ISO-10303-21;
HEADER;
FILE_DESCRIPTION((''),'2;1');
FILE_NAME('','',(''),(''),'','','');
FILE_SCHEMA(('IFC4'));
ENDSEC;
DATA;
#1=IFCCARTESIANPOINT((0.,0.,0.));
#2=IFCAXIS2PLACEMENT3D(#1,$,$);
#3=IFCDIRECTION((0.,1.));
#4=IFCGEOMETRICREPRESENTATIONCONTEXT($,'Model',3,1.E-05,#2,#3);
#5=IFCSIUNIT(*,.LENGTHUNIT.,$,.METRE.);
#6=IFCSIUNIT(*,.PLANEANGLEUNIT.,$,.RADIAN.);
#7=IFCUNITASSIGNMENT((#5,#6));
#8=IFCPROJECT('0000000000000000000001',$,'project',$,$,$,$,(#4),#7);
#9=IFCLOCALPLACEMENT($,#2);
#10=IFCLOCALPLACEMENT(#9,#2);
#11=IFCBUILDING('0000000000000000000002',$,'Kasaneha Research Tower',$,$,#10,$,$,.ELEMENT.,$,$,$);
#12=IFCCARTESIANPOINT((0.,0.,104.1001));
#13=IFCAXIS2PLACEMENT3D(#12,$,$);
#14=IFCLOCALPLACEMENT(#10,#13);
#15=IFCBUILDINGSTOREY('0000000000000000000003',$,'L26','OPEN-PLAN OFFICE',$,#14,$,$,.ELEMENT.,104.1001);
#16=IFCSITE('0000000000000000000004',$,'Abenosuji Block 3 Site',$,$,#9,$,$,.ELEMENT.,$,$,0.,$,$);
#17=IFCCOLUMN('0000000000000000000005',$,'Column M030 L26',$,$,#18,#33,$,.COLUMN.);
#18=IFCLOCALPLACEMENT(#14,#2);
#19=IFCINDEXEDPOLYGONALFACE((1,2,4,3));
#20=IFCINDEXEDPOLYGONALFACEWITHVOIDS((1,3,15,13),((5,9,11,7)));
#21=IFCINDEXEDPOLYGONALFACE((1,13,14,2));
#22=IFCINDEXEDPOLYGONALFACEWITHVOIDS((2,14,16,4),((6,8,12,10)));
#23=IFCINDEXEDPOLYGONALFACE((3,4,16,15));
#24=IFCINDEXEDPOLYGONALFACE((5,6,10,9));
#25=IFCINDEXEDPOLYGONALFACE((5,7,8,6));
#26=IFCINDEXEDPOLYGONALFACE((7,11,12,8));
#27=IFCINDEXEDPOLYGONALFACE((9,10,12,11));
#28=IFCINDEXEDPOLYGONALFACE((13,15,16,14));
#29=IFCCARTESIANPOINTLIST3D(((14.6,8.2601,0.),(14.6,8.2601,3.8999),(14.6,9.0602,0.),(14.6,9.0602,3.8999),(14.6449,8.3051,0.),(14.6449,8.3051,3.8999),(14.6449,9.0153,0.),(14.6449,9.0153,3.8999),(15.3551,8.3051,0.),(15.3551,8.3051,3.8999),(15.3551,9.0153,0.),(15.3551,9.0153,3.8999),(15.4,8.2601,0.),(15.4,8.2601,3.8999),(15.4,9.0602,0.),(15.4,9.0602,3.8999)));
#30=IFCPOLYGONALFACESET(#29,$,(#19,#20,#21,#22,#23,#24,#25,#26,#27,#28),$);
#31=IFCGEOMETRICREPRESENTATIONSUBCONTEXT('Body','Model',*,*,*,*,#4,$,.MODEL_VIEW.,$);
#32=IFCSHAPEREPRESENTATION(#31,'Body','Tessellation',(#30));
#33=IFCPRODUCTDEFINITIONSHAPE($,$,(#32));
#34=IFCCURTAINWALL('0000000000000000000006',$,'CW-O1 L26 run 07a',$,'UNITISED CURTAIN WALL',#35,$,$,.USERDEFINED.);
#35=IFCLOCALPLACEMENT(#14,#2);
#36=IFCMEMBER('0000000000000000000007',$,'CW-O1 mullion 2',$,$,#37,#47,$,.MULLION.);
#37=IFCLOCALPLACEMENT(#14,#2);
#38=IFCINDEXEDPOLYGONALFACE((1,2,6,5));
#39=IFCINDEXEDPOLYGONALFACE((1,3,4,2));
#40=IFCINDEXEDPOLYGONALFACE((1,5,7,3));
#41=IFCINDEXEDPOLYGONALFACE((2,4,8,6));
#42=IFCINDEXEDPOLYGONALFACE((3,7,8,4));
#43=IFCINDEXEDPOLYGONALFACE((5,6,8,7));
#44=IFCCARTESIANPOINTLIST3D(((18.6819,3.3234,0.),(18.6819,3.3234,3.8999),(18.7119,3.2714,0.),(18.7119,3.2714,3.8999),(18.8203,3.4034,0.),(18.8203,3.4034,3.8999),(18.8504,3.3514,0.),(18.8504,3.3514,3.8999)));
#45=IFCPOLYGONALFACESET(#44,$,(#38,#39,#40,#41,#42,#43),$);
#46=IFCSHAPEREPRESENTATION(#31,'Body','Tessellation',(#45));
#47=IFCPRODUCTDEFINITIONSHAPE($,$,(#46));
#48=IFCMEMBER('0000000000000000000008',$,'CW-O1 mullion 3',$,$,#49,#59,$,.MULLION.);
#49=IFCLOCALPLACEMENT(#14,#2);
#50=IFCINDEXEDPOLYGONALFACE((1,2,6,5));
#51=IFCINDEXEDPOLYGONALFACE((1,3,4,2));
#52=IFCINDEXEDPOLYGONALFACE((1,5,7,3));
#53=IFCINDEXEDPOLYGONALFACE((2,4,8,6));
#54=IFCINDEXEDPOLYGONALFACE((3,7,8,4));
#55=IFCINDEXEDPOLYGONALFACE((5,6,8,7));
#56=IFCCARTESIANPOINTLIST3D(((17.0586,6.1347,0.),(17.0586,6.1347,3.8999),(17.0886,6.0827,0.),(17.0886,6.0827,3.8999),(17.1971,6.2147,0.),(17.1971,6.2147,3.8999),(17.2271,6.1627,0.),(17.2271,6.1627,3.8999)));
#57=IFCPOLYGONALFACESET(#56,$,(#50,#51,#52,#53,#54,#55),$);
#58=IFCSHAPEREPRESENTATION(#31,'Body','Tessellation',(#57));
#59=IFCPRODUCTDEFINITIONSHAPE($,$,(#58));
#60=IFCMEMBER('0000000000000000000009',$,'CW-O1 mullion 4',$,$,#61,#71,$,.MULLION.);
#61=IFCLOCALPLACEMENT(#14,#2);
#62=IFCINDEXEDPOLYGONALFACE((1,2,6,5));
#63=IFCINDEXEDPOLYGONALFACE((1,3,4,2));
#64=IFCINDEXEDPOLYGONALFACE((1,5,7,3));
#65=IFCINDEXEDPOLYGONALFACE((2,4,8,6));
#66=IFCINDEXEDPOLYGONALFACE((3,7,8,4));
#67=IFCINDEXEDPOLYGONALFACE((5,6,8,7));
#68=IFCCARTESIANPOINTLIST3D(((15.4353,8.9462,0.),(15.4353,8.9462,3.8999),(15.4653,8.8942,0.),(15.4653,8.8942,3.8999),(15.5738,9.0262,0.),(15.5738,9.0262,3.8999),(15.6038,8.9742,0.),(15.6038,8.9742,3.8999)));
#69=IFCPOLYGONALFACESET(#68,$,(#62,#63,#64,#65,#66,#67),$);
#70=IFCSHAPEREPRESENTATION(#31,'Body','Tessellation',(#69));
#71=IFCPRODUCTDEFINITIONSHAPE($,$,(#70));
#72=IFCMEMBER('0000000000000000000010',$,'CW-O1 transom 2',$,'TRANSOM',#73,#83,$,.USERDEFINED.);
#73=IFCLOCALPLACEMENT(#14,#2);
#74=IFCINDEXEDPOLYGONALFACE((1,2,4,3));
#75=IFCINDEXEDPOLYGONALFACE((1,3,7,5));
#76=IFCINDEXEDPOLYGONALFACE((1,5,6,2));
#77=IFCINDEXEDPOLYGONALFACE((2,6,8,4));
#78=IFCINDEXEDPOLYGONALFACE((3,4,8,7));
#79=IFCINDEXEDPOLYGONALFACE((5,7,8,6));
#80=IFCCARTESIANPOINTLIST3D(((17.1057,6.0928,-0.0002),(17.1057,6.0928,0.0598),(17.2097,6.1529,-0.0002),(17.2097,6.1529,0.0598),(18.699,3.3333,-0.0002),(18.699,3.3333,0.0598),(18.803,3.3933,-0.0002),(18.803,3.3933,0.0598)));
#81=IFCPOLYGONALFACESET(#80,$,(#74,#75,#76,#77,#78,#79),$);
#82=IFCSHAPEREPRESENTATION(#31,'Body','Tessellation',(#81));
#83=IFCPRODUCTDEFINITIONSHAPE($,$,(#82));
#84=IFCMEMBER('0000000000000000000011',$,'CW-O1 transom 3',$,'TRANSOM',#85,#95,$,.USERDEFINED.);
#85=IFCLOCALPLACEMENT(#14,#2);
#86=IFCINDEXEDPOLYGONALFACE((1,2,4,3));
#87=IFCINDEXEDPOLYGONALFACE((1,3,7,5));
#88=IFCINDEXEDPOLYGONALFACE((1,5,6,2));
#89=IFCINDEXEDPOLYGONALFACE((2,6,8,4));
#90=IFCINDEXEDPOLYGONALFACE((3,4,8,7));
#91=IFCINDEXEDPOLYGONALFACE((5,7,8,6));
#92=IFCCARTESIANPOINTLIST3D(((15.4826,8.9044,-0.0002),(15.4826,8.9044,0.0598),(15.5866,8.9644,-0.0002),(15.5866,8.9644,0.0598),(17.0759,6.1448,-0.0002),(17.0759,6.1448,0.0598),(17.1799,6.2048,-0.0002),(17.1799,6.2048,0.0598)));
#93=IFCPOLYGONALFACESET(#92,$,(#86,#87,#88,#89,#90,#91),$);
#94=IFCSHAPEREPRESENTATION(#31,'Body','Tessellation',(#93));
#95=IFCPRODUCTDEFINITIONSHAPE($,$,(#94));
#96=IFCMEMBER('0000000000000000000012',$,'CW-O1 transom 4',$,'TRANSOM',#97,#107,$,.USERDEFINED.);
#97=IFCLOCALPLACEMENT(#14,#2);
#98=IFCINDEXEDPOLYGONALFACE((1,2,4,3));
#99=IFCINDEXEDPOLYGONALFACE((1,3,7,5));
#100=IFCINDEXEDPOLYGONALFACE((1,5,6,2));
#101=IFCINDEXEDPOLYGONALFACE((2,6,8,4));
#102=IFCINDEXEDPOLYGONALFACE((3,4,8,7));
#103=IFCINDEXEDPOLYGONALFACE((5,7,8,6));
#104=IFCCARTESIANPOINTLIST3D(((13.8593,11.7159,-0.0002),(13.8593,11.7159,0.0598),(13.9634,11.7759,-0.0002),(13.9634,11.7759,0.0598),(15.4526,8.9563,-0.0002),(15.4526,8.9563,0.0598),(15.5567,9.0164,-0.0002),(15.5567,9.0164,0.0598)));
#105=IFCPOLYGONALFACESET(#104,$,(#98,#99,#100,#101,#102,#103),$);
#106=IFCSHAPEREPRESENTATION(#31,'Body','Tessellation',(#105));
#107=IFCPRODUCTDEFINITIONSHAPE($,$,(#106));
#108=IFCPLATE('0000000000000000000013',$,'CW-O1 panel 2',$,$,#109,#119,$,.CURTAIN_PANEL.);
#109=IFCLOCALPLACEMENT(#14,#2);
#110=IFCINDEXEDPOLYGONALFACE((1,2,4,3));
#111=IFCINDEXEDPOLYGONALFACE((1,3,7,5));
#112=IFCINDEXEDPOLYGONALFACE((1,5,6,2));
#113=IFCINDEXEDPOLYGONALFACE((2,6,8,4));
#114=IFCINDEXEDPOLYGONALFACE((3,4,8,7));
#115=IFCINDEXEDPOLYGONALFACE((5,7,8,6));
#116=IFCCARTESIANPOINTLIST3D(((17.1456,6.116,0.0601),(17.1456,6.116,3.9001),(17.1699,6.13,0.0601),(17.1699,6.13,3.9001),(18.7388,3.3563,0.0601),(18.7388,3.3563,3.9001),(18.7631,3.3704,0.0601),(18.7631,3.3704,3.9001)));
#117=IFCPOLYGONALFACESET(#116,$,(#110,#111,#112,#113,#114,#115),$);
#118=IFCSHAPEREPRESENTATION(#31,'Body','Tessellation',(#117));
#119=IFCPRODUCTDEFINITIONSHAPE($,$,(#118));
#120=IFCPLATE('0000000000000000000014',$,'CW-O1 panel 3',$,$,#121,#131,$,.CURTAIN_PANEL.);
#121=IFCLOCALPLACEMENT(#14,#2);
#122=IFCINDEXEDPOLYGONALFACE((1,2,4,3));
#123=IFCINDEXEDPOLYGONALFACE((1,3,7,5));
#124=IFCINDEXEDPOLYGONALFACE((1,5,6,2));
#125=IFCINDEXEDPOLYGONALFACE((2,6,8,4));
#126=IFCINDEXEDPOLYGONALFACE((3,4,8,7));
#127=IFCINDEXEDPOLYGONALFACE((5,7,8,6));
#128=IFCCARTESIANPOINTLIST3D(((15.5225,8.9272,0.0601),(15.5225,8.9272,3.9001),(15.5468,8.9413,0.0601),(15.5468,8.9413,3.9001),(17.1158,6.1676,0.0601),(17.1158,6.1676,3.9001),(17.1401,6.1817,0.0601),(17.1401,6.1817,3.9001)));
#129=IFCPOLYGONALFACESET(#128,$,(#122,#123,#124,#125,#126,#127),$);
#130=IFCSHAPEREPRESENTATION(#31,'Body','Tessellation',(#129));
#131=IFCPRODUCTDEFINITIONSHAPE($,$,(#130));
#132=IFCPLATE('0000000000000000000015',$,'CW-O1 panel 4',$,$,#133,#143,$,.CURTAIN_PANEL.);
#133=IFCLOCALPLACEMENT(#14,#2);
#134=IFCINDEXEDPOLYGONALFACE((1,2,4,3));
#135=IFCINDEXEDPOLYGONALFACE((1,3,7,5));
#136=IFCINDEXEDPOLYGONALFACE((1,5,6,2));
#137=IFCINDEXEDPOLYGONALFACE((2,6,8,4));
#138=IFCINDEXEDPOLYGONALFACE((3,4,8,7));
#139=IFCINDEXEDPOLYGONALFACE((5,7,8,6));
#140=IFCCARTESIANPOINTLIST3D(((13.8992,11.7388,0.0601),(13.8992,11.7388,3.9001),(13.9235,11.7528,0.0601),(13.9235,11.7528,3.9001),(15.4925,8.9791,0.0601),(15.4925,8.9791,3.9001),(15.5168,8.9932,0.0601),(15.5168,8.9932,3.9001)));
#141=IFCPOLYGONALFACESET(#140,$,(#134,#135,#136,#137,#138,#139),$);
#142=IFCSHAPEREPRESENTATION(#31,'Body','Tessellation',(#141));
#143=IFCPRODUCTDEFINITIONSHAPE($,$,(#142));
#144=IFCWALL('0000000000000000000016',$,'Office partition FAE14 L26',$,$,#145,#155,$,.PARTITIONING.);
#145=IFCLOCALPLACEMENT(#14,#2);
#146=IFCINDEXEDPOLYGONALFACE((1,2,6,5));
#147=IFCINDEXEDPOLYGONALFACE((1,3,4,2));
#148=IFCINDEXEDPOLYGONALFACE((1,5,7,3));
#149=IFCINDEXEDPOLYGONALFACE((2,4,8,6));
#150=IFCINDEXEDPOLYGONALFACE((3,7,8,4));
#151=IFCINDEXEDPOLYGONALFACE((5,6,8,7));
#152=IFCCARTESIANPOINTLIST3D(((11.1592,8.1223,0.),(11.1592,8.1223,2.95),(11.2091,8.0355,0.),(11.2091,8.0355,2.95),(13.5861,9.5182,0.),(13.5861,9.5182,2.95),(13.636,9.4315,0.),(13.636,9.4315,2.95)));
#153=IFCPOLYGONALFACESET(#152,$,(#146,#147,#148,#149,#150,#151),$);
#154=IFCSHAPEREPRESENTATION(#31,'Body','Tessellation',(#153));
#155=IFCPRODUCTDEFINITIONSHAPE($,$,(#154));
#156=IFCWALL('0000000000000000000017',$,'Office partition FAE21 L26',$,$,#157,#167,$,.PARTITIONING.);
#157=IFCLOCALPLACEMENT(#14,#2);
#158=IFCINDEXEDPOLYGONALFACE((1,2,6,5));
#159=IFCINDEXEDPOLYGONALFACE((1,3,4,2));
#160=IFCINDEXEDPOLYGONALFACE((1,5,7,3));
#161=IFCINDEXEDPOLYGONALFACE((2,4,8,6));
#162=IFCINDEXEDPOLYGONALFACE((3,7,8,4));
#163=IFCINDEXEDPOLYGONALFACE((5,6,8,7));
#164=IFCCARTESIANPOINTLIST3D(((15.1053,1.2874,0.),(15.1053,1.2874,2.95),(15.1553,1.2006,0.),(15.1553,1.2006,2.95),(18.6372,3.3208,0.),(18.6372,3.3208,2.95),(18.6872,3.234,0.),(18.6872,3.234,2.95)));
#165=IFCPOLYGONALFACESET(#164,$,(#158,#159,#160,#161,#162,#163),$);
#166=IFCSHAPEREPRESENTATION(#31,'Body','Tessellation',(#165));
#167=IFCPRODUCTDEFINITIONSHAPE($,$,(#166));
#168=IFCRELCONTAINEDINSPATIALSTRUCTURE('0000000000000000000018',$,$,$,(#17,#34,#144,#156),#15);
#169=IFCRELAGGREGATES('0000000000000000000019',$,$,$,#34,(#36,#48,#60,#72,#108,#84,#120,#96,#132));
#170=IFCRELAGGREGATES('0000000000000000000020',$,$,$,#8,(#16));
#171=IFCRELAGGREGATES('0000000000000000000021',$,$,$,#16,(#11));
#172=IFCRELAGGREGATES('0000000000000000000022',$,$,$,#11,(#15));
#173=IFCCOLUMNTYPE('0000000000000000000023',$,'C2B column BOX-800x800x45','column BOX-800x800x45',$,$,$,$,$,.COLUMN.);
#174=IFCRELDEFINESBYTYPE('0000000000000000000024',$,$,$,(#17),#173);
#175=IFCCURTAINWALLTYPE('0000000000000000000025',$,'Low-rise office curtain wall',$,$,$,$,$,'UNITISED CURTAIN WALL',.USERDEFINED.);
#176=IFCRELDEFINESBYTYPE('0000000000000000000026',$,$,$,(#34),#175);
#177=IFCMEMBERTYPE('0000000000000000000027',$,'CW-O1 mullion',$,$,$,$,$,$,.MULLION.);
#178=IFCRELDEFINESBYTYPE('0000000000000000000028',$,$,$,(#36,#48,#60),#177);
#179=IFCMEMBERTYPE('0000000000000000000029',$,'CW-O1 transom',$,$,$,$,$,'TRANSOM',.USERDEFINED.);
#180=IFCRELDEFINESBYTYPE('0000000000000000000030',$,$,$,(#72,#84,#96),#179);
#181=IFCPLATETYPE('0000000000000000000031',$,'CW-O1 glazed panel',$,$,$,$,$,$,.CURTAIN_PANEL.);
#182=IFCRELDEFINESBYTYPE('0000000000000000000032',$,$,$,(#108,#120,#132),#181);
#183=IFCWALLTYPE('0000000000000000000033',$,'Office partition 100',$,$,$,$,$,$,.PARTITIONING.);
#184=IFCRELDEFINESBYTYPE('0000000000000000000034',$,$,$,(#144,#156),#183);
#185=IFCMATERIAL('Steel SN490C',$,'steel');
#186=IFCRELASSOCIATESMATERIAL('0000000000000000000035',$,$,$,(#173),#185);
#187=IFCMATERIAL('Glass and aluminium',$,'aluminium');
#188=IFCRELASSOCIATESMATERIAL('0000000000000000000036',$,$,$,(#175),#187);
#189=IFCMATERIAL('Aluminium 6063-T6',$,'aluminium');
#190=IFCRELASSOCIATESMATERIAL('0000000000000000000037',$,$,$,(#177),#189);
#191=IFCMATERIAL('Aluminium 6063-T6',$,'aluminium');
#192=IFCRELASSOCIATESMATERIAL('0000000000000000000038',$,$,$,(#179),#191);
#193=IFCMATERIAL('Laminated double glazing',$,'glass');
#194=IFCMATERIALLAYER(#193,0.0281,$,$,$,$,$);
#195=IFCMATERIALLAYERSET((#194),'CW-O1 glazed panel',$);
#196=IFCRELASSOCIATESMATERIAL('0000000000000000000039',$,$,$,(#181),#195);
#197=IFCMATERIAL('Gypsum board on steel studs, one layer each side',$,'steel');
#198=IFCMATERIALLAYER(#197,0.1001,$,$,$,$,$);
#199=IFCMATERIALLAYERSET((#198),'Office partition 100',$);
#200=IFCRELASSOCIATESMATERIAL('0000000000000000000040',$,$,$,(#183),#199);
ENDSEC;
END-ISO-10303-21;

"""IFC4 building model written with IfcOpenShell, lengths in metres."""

from ifc_helpers import new_model, si_unit, direction, frame, frame_2d, origin, origin_2d, place, context, subcontext, project, spatial, rectangle, hollow_rectangle, extrude, material, layer, layer_set, material_profile, profile_set, type_object, element, aggregate, save


model = new_model("IFC4")

# Units and contexts
model_context = context("Model", 3, precision=1e-05, world=origin(), true_north=direction((0.0, 1.0)))
body_context = subcontext(model_context, "Body", "Model", "MODEL_VIEW")
ifc_project = project(units=[si_unit("LENGTHUNIT", "METRE"), si_unit("PLANEANGLEUNIT", "RADIAN")], contexts=[model_context])

# Site, building, storey
site_placement = place(None, origin())
site = spatial("IfcSite", under=ifc_project, at=site_placement, Name="Abenosuji Block 3 Site", CompositionType="ELEMENT", RefElevation=0.0)
building_placement = place(site_placement, origin())
building = spatial("IfcBuilding", under=site, at=building_placement, Name="Kasaneha Research Tower", CompositionType="ELEMENT")
storey_placement = place(building_placement, frame((0.0, 0.0, 104.1001)))
storey = spatial("IfcBuildingStorey", under=building, at=storey_placement, Name="L26", Description="OPEN-PLAN OFFICE", CompositionType="ELEMENT", Elevation=104.1001)

# Column
ifc_material_1 = material(Name="Steel SN490C", Category="steel")
ifc_material_profile_1 = material_profile(ifc_material_1, hollow_rectangle(XDim=0.8, YDim=0.8, WallThickness=0.0449, at=origin_2d()), Name="BOX-800x800x45")
ifc_profile_set_1 = profile_set([ifc_material_profile_1], Name="Steel SN490C")
column_type = type_object("IfcColumnType", Name="C2B column BOX-800x800x45", Description="column BOX-800x800x45", PredefinedType="COLUMN", material=ifc_profile_set_1)
column_placement = place(storey_placement, frame((15.0, 8.6602, 0.0), z_axis=(0.0, 0.0, 1.0), x_axis=(1.0, 0.0, 0.0)))
element("IfcColumn", 1, at=column_placement, inside=storey, type_object=column_type, Name="Column M030 L26", PredefinedType="COLUMN", context=body_context, shape_type="SweptSolid", body=[
    extrude(hollow_rectangle(XDim=0.8, YDim=0.8, WallThickness=0.0449, at=origin_2d()), origin(), (0.0, 0.0, 1.0), 3.8999),
])

# Curtain wall, members, plates
ifc_material_2 = material(Name="Glass and aluminium", Category="aluminium")
curtain_wall_type = type_object("IfcCurtainWallType", Name="Low-rise office curtain wall", ElementType="UNITISED CURTAIN WALL", PredefinedType="USERDEFINED", material=ifc_material_2)
curtain_wall_placement = place(storey_placement, origin())
curtain_wall = element("IfcCurtainWall", 2, at=curtain_wall_placement, inside=storey, type_object=curtain_wall_type, Name="CW-O1 L26 run 07a", ObjectType="UNITISED CURTAIN WALL", PredefinedType="USERDEFINED")
ifc_material_3 = material(Name="Aluminium 6063-T6", Category="aluminium")
ifc_material_profile_2 = material_profile(ifc_material_3, rectangle(XDim=0.0601, YDim=0.1599, at=origin_2d()), Name="CW-O1 mullion 60x160")
ifc_profile_set_2 = profile_set([ifc_material_profile_2], Name="Aluminium 6063-T6")
member_type_1 = type_object("IfcMemberType", Name="CW-O1 mullion", PredefinedType="MULLION", material=ifc_profile_set_2)
member_1_placement = place(storey_placement, frame((18.7661, 3.3374, 0.0), z_axis=(0.0, 0.0, 1.0), x_axis=(-0.5, 0.866025, 0.0)))
member_1 = element("IfcMember", 3, at=member_1_placement, type_object=member_type_1, Name="CW-O1 mullion 2", PredefinedType="MULLION", context=body_context, shape_type="SweptSolid", body=[
    extrude(rectangle(XDim=0.0601, YDim=0.1599, at=origin_2d()), origin(), (0.0, 0.0, 1.0), 3.8999),
])
member_2_placement = place(storey_placement, frame((17.1428, 6.1487, 0.0), z_axis=(0.0, 0.0, 1.0), x_axis=(-0.5, 0.866025, 0.0)))
member_2 = element("IfcMember", 4, at=member_2_placement, type_object=member_type_1, Name="CW-O1 mullion 3", PredefinedType="MULLION", context=body_context, shape_type="SweptSolid", body=[
    extrude(rectangle(XDim=0.0601, YDim=0.1599, at=origin_2d()), origin(), (0.0, 0.0, 1.0), 3.8999),
])
member_3_placement = place(storey_placement, frame((15.5195, 8.9602, 0.0), z_axis=(0.0, 0.0, 1.0), x_axis=(-0.5, 0.866025, 0.0)))
member_3 = element("IfcMember", 5, at=member_3_placement, type_object=member_type_1, Name="CW-O1 mullion 4", PredefinedType="MULLION", context=body_context, shape_type="SweptSolid", body=[
    extrude(rectangle(XDim=0.0601, YDim=0.1599, at=origin_2d()), origin(), (0.0, 0.0, 1.0), 3.8999),
])
ifc_material_4 = material(Name="Aluminium 6063-T6", Category="aluminium")
ifc_material_profile_3 = material_profile(ifc_material_4, rectangle(XDim=0.1201, YDim=0.0601, at=origin_2d()), Name="CW-O1 transom 120x60")
ifc_profile_set_3 = profile_set([ifc_material_profile_3], Name="Aluminium 6063-T6")
member_type_2 = type_object("IfcMemberType", Name="CW-O1 transom", ElementType="TRANSOM", PredefinedType="USERDEFINED", material=ifc_profile_set_3)
member_4_placement = place(storey_placement, frame((18.751, 3.3633, 0.0298), z_axis=(-0.500012, 0.866018, 0.0), x_axis=(-0.866018, -0.500012, 0.0)))
member_4 = element("IfcMember", 6, at=member_4_placement, type_object=member_type_2, Name="CW-O1 transom 2", ObjectType="TRANSOM", PredefinedType="USERDEFINED", context=body_context, shape_type="SweptSolid", body=[
    extrude(rectangle(XDim=0.1201, YDim=0.0601, at=origin_2d()), origin(), (0.0, 0.0, 1.0), 3.1865),
])
member_5_placement = place(storey_placement, frame((17.1279, 6.1748, 0.0298), z_axis=(-0.500012, 0.866018, 0.0), x_axis=(-0.866018, -0.500012, 0.0)))
member_5 = element("IfcMember", 7, at=member_5_placement, type_object=member_type_2, Name="CW-O1 transom 3", ObjectType="TRANSOM", PredefinedType="USERDEFINED", context=body_context, shape_type="SweptSolid", body=[
    extrude(rectangle(XDim=0.1201, YDim=0.0601, at=origin_2d()), origin(), (0.0, 0.0, 1.0), 3.1865),
])
member_6_placement = place(storey_placement, frame((15.5046, 8.9863, 0.0298), z_axis=(-0.500012, 0.866018, 0.0), x_axis=(-0.866018, -0.500012, 0.0)))
member_6 = element("IfcMember", 8, at=member_6_placement, type_object=member_type_2, Name="CW-O1 transom 4", ObjectType="TRANSOM", PredefinedType="USERDEFINED", context=body_context, shape_type="SweptSolid", body=[
    extrude(rectangle(XDim=0.1201, YDim=0.0601, at=origin_2d()), origin(), (0.0, 0.0, 1.0), 3.1865),
])
ifc_material_5 = material(Name="Laminated double glazing", Category="glass")
ifc_layer_1 = layer(ifc_material_5, 0.0281)
ifc_layer_set_1 = layer_set([ifc_layer_1], Name="CW-O1 glazed panel")
plate_type = type_object("IfcPlateType", Name="CW-O1 glazed panel", PredefinedType="CURTAIN_PANEL", material=ifc_layer_set_1)
plate_1_placement = place(storey_placement, frame((17.9543, 4.7432, 0.0601), z_axis=(0.0, 0.0, 1.0), x_axis=(-0.5, 0.866025, 0.0)))
plate_1 = element("IfcPlate", 9, at=plate_1_placement, type_object=plate_type, Name="CW-O1 panel 2", PredefinedType="CURTAIN_PANEL", context=body_context, shape_type="SweptSolid", body=[
    extrude(rectangle(XDim=3.1865, YDim=0.0281, at=origin_2d()), origin(), (0.0, 0.0, 1.0), 3.8401),
])
plate_2_placement = place(storey_placement, frame((16.3313, 7.5544, 0.0601), z_axis=(0.0, 0.0, 1.0), x_axis=(-0.5, 0.866025, 0.0)))
plate_2 = element("IfcPlate", 10, at=plate_2_placement, type_object=plate_type, Name="CW-O1 panel 3", PredefinedType="CURTAIN_PANEL", context=body_context, shape_type="SweptSolid", body=[
    extrude(rectangle(XDim=3.1865, YDim=0.0281, at=origin_2d()), origin(), (0.0, 0.0, 1.0), 3.8401),
])
plate_3_placement = place(storey_placement, frame((14.708, 10.366, 0.0601), z_axis=(0.0, 0.0, 1.0), x_axis=(-0.5, 0.866025, 0.0)))
plate_3 = element("IfcPlate", 11, at=plate_3_placement, type_object=plate_type, Name="CW-O1 panel 4", PredefinedType="CURTAIN_PANEL", context=body_context, shape_type="SweptSolid", body=[
    extrude(rectangle(XDim=3.1865, YDim=0.0281, at=origin_2d()), origin(), (0.0, 0.0, 1.0), 3.8401),
])
aggregate(curtain_wall, [member_1, member_2, member_3, member_4, plate_1, member_5, plate_2, member_6, plate_3])

# Walls
ifc_material_6 = material(Name="Gypsum board on steel studs, one layer each side", Category="steel")
ifc_layer_2 = layer(ifc_material_6, 0.1001)
ifc_layer_set_2 = layer_set([ifc_layer_2], Name="Office partition 100")
wall_type_1 = type_object("IfcWallType", Name="Office partition 100", PredefinedType="PARTITIONING", material=ifc_layer_set_2)
wall_1_placement = place(storey_placement, frame((13.6111, 9.4749, 0.0), z_axis=(0.0, 0.0, 1.0), x_axis=(-0.866834, -0.498597, 0.0)))
element("IfcWall", 12, at=wall_1_placement, inside=storey, type_object=wall_type_1, Name="Office partition FAE14 L26", PredefinedType="PARTITIONING", context=body_context, shape_type="SweptSolid", body=[
    extrude(rectangle(XDim=2.7998, YDim=0.1001, at=frame_2d((1.3999, 0.0))), origin(), (0.0, 0.0, 1.0), 2.95),
])
wall_2_placement = place(storey_placement, frame((18.6621, 3.2773, 0.0), z_axis=(0.0, 0.0, 1.0), x_axis=(-0.866635, -0.498943, 0.0)))
element("IfcWall", 13, at=wall_2_placement, inside=storey, type_object=wall_type_1, Name="Office partition FAE21 L26", PredefinedType="PARTITIONING", context=body_context, shape_type="SweptSolid", body=[
    extrude(rectangle(XDim=4.0754, YDim=0.1001, at=frame_2d((2.0376, 0.0))), origin(), (0.0, 0.0, 1.0), 2.95),
])

save(model, "model.ifc")
